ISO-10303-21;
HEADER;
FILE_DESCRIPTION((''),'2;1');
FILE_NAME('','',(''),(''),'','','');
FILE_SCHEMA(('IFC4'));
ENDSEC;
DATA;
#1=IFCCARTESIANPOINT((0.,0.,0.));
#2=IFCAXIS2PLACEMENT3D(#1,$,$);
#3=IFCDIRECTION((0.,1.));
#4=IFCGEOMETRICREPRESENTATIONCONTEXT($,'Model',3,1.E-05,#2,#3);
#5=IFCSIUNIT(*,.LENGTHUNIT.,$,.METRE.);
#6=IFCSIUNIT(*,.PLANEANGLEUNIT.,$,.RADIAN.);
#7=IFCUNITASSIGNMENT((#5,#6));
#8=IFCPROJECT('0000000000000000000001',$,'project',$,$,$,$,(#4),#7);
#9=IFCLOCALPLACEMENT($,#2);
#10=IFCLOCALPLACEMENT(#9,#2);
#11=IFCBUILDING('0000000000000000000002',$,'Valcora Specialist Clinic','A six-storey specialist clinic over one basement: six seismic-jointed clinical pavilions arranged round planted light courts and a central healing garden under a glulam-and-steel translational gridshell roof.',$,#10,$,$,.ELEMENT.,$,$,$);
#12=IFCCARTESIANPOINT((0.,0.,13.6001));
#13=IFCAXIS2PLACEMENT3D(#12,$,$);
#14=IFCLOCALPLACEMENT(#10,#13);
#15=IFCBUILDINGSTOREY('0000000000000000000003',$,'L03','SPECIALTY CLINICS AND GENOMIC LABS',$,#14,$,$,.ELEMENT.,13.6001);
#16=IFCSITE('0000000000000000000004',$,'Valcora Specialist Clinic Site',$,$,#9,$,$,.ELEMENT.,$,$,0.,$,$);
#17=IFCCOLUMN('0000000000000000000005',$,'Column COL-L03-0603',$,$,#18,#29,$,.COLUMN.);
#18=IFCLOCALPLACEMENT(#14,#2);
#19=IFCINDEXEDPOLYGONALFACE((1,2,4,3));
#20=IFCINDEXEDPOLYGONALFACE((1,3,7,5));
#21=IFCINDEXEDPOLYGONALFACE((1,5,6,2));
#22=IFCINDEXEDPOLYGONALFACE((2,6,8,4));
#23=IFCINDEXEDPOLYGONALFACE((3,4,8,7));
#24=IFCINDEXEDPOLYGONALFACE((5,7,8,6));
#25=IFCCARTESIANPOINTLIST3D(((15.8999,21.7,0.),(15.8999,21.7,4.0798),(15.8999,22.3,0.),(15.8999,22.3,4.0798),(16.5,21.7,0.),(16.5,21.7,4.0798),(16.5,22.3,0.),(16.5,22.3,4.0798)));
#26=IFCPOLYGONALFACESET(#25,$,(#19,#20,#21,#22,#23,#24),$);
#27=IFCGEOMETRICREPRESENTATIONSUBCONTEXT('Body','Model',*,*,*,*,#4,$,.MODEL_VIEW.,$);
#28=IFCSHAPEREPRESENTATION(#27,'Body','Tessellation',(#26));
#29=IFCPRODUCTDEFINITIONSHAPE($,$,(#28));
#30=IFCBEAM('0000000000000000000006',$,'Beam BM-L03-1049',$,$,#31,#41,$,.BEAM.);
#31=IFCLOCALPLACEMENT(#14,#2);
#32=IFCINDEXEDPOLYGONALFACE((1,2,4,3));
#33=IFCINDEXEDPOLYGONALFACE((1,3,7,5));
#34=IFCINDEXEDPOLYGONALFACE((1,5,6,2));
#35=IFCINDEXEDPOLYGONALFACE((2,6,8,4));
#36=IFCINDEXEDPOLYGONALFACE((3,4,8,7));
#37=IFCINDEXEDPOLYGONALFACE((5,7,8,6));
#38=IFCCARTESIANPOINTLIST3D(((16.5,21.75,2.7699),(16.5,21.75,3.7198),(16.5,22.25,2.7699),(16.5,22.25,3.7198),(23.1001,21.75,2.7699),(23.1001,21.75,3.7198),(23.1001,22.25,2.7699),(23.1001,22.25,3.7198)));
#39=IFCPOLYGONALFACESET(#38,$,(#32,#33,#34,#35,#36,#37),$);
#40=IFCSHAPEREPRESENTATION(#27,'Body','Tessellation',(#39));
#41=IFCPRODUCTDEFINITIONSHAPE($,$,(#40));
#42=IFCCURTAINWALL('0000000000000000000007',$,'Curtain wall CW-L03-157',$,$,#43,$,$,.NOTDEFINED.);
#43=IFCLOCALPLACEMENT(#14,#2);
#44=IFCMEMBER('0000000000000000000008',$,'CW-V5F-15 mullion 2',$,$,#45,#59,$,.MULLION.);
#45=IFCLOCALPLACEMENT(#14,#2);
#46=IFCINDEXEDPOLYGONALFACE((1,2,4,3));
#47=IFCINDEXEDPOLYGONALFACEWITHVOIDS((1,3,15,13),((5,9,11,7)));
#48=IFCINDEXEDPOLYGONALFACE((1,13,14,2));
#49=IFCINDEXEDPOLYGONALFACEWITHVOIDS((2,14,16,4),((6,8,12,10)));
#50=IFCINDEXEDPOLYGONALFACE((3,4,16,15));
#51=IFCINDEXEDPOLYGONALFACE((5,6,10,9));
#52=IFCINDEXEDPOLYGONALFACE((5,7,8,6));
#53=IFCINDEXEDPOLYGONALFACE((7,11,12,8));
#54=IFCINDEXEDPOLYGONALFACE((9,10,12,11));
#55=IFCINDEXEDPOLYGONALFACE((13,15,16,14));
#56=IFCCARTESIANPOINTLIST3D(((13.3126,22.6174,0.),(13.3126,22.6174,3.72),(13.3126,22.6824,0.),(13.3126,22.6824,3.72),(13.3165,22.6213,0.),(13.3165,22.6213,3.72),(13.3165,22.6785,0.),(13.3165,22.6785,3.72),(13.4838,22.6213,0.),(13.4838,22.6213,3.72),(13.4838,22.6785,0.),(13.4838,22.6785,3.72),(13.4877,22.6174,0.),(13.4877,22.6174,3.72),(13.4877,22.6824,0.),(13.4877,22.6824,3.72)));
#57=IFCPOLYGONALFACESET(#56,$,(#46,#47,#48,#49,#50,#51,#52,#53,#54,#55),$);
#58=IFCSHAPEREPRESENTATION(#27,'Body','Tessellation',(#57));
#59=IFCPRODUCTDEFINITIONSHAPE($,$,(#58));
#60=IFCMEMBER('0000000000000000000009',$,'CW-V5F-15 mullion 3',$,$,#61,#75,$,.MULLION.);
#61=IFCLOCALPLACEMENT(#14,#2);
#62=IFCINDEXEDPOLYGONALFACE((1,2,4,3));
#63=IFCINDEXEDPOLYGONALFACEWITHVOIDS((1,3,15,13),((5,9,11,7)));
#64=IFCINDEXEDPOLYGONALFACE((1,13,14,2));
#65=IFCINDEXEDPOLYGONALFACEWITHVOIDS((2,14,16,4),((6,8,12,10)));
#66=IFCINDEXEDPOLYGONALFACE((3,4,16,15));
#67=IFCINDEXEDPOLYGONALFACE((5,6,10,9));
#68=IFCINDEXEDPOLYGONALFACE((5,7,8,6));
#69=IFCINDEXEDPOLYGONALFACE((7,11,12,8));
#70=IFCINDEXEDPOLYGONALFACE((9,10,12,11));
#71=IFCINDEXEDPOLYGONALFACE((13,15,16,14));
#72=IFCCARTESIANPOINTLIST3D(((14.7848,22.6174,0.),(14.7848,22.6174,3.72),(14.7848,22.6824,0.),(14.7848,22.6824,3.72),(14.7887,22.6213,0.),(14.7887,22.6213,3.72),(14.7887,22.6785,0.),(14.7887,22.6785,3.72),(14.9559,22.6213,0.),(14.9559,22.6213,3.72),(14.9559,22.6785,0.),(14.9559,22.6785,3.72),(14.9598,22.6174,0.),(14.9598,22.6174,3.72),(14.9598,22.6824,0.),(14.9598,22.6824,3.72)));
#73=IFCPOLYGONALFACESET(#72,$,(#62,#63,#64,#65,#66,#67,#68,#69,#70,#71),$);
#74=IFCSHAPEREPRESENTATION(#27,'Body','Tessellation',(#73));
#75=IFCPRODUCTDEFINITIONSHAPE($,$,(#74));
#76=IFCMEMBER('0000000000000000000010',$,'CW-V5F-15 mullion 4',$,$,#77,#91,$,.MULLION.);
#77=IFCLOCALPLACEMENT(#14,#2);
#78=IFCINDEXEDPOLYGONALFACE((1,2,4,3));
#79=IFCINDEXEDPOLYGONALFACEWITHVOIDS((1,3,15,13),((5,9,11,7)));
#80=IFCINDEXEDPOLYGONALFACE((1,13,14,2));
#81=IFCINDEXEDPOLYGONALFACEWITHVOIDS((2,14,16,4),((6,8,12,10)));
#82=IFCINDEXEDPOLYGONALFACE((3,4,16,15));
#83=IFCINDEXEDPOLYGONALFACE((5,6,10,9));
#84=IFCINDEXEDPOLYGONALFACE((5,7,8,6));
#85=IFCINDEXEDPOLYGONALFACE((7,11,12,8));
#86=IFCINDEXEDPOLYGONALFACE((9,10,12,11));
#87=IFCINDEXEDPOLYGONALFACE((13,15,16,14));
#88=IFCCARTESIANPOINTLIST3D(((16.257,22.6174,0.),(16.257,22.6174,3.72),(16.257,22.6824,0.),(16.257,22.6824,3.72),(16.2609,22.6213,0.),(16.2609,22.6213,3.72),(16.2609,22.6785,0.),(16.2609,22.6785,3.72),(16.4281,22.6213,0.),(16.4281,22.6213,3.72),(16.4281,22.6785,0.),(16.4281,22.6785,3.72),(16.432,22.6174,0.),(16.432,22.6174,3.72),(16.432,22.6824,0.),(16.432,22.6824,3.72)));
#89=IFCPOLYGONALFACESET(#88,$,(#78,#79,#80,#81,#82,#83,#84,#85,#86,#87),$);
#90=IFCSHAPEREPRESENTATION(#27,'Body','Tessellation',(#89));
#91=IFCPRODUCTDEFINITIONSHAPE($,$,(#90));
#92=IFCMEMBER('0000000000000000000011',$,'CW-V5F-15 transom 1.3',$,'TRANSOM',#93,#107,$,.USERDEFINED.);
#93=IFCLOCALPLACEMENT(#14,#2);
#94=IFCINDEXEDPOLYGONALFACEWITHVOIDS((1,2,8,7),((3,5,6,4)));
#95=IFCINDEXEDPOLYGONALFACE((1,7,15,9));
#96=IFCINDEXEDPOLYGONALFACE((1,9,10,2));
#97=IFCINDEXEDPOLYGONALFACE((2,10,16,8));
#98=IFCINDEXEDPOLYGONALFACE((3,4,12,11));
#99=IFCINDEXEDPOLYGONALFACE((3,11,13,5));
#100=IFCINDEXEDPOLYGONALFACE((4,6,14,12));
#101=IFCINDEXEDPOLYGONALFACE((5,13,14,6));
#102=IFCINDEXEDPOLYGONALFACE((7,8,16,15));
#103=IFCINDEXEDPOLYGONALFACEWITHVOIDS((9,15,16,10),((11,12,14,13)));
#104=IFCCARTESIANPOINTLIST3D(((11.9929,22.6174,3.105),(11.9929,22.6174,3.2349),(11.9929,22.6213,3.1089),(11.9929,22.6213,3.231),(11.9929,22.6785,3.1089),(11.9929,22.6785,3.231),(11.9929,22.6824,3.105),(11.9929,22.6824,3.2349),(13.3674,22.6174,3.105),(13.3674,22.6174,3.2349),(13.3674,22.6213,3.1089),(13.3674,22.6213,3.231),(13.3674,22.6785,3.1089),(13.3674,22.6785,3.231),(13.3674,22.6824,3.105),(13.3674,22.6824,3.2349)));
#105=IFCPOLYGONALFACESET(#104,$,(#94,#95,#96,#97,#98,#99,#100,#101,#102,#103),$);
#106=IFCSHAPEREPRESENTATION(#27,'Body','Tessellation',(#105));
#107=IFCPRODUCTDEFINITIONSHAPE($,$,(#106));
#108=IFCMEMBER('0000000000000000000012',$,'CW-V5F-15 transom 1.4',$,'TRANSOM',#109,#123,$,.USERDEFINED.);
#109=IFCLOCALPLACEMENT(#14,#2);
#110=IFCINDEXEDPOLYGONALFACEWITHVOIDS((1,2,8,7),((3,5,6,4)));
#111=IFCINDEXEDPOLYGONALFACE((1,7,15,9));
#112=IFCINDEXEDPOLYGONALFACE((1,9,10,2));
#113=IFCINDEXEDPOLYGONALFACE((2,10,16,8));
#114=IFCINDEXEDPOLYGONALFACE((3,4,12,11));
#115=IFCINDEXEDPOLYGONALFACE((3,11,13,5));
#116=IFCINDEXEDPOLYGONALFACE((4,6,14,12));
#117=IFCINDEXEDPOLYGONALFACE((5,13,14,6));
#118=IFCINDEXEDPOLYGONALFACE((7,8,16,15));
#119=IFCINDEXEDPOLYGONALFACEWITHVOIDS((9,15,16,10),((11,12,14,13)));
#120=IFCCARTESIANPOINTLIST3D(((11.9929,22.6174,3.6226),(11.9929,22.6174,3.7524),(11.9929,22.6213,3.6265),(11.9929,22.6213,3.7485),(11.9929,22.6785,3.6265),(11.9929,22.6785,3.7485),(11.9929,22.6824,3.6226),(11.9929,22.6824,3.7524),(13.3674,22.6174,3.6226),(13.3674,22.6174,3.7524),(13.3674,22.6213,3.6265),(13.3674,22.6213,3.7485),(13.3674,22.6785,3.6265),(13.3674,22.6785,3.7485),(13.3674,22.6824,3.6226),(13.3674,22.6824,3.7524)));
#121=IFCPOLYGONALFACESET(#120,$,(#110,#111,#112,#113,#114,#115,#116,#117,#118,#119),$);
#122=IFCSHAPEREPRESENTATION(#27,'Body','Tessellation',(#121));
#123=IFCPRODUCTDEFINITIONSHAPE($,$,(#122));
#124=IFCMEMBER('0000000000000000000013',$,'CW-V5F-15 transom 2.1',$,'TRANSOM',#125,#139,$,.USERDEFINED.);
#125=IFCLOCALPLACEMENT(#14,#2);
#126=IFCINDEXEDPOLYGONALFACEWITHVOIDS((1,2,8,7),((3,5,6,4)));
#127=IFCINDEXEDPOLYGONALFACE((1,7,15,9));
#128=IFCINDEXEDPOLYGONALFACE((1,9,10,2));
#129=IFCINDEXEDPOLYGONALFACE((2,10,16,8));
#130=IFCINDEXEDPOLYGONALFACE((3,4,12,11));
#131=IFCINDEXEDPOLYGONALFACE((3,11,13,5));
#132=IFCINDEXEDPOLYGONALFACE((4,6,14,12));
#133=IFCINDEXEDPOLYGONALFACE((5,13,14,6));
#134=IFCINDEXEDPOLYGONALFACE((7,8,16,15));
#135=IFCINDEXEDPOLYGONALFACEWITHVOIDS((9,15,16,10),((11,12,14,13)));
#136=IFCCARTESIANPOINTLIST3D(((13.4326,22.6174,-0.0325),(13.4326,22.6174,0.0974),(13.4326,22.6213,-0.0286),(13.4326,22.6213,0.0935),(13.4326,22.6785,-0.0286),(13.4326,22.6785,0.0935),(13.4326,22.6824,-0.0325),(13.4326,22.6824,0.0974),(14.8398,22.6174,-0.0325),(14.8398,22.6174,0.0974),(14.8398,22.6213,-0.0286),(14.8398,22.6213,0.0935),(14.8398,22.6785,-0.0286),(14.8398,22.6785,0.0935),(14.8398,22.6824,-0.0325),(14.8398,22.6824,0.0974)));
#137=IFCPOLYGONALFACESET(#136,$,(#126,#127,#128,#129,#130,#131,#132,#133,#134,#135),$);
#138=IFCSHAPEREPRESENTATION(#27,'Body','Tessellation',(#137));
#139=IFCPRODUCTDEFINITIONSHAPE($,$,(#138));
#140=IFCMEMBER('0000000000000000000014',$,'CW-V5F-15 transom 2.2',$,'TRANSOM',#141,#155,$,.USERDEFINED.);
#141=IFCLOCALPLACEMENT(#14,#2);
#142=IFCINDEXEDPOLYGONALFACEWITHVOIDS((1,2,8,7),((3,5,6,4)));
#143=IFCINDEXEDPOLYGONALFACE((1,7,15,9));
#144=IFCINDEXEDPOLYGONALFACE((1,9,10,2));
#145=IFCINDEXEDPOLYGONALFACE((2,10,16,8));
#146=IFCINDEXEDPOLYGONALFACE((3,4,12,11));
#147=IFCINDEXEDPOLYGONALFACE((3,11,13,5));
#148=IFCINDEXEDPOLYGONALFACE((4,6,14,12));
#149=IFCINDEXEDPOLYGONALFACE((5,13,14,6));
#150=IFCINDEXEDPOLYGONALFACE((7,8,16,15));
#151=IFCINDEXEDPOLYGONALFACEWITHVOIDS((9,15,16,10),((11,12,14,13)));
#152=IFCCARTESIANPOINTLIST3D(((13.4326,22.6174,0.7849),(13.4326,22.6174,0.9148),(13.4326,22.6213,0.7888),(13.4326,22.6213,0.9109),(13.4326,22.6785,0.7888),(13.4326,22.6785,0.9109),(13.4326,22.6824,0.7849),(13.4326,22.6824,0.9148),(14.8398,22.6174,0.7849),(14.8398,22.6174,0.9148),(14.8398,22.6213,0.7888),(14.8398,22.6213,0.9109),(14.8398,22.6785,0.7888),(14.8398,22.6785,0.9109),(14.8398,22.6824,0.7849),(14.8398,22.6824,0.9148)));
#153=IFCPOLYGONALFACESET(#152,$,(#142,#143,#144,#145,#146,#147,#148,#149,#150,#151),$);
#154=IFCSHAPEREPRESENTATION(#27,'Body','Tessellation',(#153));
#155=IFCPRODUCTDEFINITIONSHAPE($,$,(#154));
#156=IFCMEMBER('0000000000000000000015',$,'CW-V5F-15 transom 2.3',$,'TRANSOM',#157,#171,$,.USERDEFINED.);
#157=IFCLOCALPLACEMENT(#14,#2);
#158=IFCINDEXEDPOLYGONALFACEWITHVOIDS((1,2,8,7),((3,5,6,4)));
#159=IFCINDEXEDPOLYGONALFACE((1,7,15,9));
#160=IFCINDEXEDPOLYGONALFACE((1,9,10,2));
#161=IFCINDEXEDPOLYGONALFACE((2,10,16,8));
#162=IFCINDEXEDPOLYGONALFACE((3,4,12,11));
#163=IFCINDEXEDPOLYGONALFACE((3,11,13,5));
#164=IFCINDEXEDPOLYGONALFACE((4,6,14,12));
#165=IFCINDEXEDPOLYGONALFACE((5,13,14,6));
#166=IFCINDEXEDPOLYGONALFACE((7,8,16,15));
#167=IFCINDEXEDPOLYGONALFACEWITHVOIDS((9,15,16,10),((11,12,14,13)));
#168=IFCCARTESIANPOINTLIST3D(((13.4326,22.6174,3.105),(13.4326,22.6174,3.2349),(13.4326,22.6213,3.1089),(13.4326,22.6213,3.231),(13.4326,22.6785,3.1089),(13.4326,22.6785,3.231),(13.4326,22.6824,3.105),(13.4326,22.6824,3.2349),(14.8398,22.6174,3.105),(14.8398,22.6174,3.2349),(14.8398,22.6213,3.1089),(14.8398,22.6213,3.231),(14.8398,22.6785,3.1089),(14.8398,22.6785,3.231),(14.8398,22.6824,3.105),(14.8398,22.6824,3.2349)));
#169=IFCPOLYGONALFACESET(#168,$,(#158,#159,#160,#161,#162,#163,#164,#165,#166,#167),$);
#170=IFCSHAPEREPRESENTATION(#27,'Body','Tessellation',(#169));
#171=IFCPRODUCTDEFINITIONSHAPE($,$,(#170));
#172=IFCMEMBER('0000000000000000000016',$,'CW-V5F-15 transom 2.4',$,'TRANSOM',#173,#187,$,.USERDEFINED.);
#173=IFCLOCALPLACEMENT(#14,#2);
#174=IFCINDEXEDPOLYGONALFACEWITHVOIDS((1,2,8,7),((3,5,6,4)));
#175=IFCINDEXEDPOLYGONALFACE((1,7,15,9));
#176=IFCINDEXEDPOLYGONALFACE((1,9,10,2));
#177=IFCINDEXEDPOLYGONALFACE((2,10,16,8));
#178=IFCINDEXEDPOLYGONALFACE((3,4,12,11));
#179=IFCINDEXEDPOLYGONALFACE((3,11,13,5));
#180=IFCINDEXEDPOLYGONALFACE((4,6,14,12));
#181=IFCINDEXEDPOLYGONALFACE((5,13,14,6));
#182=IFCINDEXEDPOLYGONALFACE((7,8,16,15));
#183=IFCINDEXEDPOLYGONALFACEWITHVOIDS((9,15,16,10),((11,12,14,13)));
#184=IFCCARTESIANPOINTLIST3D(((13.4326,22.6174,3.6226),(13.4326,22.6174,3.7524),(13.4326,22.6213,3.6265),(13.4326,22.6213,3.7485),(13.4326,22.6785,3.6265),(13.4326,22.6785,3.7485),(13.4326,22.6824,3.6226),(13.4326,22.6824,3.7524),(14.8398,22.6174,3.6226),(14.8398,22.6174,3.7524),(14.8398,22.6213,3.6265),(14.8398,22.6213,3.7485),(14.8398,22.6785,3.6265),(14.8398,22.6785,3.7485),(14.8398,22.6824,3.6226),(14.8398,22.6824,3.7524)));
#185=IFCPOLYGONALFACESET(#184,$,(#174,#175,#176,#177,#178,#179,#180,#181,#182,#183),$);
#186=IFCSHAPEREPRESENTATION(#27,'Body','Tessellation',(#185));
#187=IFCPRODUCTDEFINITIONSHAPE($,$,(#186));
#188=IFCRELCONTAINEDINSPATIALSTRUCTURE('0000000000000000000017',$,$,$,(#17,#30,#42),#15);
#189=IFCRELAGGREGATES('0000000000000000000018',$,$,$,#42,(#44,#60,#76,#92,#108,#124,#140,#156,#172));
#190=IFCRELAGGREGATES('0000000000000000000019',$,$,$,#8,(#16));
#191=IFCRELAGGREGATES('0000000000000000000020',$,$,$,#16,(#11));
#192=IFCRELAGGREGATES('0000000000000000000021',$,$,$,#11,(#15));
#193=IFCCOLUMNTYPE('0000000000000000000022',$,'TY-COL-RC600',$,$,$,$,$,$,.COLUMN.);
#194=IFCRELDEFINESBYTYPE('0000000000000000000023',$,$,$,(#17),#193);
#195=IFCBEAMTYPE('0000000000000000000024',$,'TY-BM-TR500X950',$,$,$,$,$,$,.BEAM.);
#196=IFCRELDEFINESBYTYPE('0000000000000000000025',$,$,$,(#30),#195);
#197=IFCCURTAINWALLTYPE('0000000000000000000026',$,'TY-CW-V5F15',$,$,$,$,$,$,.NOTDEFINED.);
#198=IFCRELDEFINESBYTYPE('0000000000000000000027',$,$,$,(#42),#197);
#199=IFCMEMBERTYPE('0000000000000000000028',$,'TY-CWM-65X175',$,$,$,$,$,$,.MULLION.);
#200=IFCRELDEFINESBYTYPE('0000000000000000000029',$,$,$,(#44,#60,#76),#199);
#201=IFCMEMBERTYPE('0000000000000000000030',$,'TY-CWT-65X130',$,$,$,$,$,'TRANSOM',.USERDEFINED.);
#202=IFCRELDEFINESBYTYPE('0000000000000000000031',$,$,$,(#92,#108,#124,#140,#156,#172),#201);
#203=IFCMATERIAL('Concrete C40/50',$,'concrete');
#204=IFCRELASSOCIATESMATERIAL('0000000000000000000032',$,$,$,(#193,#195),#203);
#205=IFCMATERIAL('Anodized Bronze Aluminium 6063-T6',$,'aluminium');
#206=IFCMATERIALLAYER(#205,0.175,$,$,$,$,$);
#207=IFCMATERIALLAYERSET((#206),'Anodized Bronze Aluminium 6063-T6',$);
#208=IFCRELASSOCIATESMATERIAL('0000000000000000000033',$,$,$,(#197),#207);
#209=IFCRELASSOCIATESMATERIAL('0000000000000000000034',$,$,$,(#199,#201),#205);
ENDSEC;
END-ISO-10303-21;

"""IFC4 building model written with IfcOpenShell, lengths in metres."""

from ifc_helpers import new_model, si_unit, direction, frame, origin, origin_2d, place, context, subcontext, project, spatial, rectangle, hollow_rectangle, extrude, material, layer, layer_set, material_profile, profile_set, type_object, element, aggregate, save


model = new_model("IFC4")

# Units and contexts
model_context = context("Model", 3, precision=1e-05, world=origin(), true_north=direction((0.0, 1.0)))
body_context = subcontext(model_context, "Body", "Model", "MODEL_VIEW")
ifc_project = project(units=[si_unit("LENGTHUNIT", "METRE"), si_unit("PLANEANGLEUNIT", "RADIAN")], contexts=[model_context])

# Site, building, storey
site_placement = place(None, origin())
site = spatial("IfcSite", under=ifc_project, at=site_placement, Name="Valcora Specialist Clinic Site", CompositionType="ELEMENT", RefElevation=0.0)
building_placement = place(site_placement, origin())
building = spatial("IfcBuilding", under=site, at=building_placement, Name="Valcora Specialist Clinic", Description="A six-storey specialist clinic over one basement: six seismic-jointed clinical pavilions arranged round planted light courts and a central healing garden under a glulam-and-steel translational gridshell roof.", CompositionType="ELEMENT")
storey_placement = place(building_placement, frame((0.0, 0.0, 13.6001)))
storey = spatial("IfcBuildingStorey", under=building, at=storey_placement, Name="L03", Description="SPECIALTY CLINICS AND GENOMIC LABS", CompositionType="ELEMENT", Elevation=13.6001)

# Column
ifc_material_1 = material(Name="Concrete C40/50", Category="concrete")
ifc_material_profile_1 = material_profile(ifc_material_1, rectangle(XDim=0.6001, YDim=0.6001, at=origin_2d()), Name="RC-COL-600X600")
ifc_profile_set_1 = profile_set([ifc_material_profile_1], Name="Concrete C40/50")
column_type = type_object("IfcColumnType", Name="TY-COL-RC600", PredefinedType="COLUMN", material=ifc_profile_set_1)
column_placement = place(storey_placement, frame((16.2, 22.0, 0.0), z_axis=(0.0, 0.0, 1.0), x_axis=(1.0, 0.0, 0.0)))
element("IfcColumn", 1, at=column_placement, inside=storey, type_object=column_type, Name="Column COL-L03-0603", PredefinedType="COLUMN", context=body_context, shape_type="SweptSolid", body=[
    extrude(rectangle(XDim=0.6001, YDim=0.6001, at=origin_2d()), origin(), (0.0, 0.0, 1.0), 4.0798),
])

# Beam
ifc_material_profile_2 = material_profile(ifc_material_1, rectangle(XDim=0.5, YDim=0.95, at=origin_2d()), Name="RC-BM-500X950")
ifc_profile_set_2 = profile_set([ifc_material_profile_2], Name="Concrete C40/50")
beam_type = type_object("IfcBeamType", Name="TY-BM-TR500X950", PredefinedType="BEAM", material=ifc_profile_set_2)
beam_placement = place(storey_placement, frame((16.5, 22.0, 3.2449), z_axis=(1.0, 0.0, 0.0), x_axis=(0.0, 1.0, 0.0)))
element("IfcBeam", 2, at=beam_placement, inside=storey, type_object=beam_type, Name="Beam BM-L03-1049", PredefinedType="BEAM", context=body_context, shape_type="SweptSolid", body=[
    extrude(rectangle(XDim=0.5, YDim=0.95, at=origin_2d()), origin(), (0.0, 0.0, 1.0), 6.6001),
])

# Curtain wall, members
ifc_material_2 = material(Name="Anodized Bronze Aluminium 6063-T6", Category="aluminium")
ifc_layer_1 = layer(ifc_material_2, 0.175)
ifc_layer_set_1 = layer_set([ifc_layer_1], Name="Anodized Bronze Aluminium 6063-T6")
curtain_wall_type = type_object("IfcCurtainWallType", Name="TY-CW-V5F15", PredefinedType="NOTDEFINED", material=ifc_layer_set_1)
curtain_wall_placement = place(storey_placement, origin())
curtain_wall = element("IfcCurtainWall", 3, at=curtain_wall_placement, inside=storey, type_object=curtain_wall_type, Name="Curtain wall CW-L03-157", PredefinedType="NOTDEFINED")
ifc_material_profile_3 = material_profile(ifc_material_2, hollow_rectangle(XDim=0.0649, YDim=0.175, WallThickness=0.0039, at=origin_2d()), Name="AL-MUL-65X175")
ifc_profile_set_3 = profile_set([ifc_material_profile_3], Name="Anodized Bronze Aluminium 6063-T6")
member_type_1 = type_object("IfcMemberType", Name="TY-CWM-65X175", PredefinedType="MULLION", material=ifc_profile_set_3)
member_1_placement = place(storey_placement, frame((13.4001, 22.6499, 0.0), z_axis=(0.0, 0.0, 1.0), x_axis=(0.0, 1.0, 0.0)))
member_1 = element("IfcMember", 4, at=member_1_placement, type_object=member_type_1, Name="CW-V5F-15 mullion 2", PredefinedType="MULLION", context=body_context, shape_type="SweptSolid", body=[
    extrude(hollow_rectangle(XDim=0.0649, YDim=0.175, WallThickness=0.0039, at=origin_2d()), origin(), (0.0, 0.0, 1.0), 3.72),
])
member_2_placement = place(storey_placement, frame((14.8723, 22.6499, 0.0), z_axis=(0.0, 0.0, 1.0), x_axis=(0.0, 1.0, 0.0)))
member_2 = element("IfcMember", 5, at=member_2_placement, type_object=member_type_1, Name="CW-V5F-15 mullion 3", PredefinedType="MULLION", context=body_context, shape_type="SweptSolid", body=[
    extrude(hollow_rectangle(XDim=0.0649, YDim=0.175, WallThickness=0.0039, at=origin_2d()), origin(), (0.0, 0.0, 1.0), 3.72),
])
member_3_placement = place(storey_placement, frame((16.3445, 22.6499, 0.0), z_axis=(0.0, 0.0, 1.0), x_axis=(0.0, 1.0, 0.0)))
member_3 = element("IfcMember", 6, at=member_3_placement, type_object=member_type_1, Name="CW-V5F-15 mullion 4", PredefinedType="MULLION", context=body_context, shape_type="SweptSolid", body=[
    extrude(hollow_rectangle(XDim=0.0649, YDim=0.175, WallThickness=0.0039, at=origin_2d()), origin(), (0.0, 0.0, 1.0), 3.72),
])
ifc_material_profile_4 = material_profile(ifc_material_2, hollow_rectangle(XDim=0.0649, YDim=0.1299, WallThickness=0.0039, at=origin_2d()), Name="AL-TRN-65X130")
ifc_profile_set_4 = profile_set([ifc_material_profile_4], Name="Anodized Bronze Aluminium 6063-T6")
member_type_2 = type_object("IfcMemberType", Name="TY-CWT-65X130", ElementType="TRANSOM", PredefinedType="USERDEFINED", material=ifc_profile_set_4)
member_4_placement = place(storey_placement, frame((11.9929, 22.6499, 3.1699), z_axis=(1.0, 0.0, 0.0), x_axis=(0.0, 1.0, 0.0)))
member_4 = element("IfcMember", 7, at=member_4_placement, type_object=member_type_2, Name="CW-V5F-15 transom 1.3", ObjectType="TRANSOM", PredefinedType="USERDEFINED", context=body_context, shape_type="SweptSolid", body=[
    extrude(hollow_rectangle(XDim=0.0649, YDim=0.1299, WallThickness=0.0039, at=origin_2d()), origin(), (0.0, 0.0, 1.0), 1.3745),
])
member_5_placement = place(storey_placement, frame((11.9929, 22.6499, 3.6875), z_axis=(1.0, 0.0, 0.0), x_axis=(0.0, 1.0, 0.0)))
member_5 = element("IfcMember", 8, at=member_5_placement, type_object=member_type_2, Name="CW-V5F-15 transom 1.4", ObjectType="TRANSOM", PredefinedType="USERDEFINED", context=body_context, shape_type="SweptSolid", body=[
    extrude(hollow_rectangle(XDim=0.0649, YDim=0.1299, WallThickness=0.0039, at=origin_2d()), origin(), (0.0, 0.0, 1.0), 1.3745),
])
member_6_placement = place(storey_placement, frame((13.4326, 22.6499, 0.0325), z_axis=(1.0, 0.0, 0.0), x_axis=(0.0, 1.0, 0.0)))
member_6 = element("IfcMember", 9, at=member_6_placement, type_object=member_type_2, Name="CW-V5F-15 transom 2.1", ObjectType="TRANSOM", PredefinedType="USERDEFINED", context=body_context, shape_type="SweptSolid", body=[
    extrude(hollow_rectangle(XDim=0.0649, YDim=0.1299, WallThickness=0.0039, at=origin_2d()), origin(), (0.0, 0.0, 1.0), 1.4072),
])
member_7_placement = place(storey_placement, frame((13.4326, 22.6499, 0.8499), z_axis=(1.0, 0.0, 0.0), x_axis=(0.0, 1.0, 0.0)))
member_7 = element("IfcMember", 10, at=member_7_placement, type_object=member_type_2, Name="CW-V5F-15 transom 2.2", ObjectType="TRANSOM", PredefinedType="USERDEFINED", context=body_context, shape_type="SweptSolid", body=[
    extrude(hollow_rectangle(XDim=0.0649, YDim=0.1299, WallThickness=0.0039, at=origin_2d()), origin(), (0.0, 0.0, 1.0), 1.4072),
])
member_8_placement = place(storey_placement, frame((13.4326, 22.6499, 3.1699), z_axis=(1.0, 0.0, 0.0), x_axis=(0.0, 1.0, 0.0)))
member_8 = element("IfcMember", 11, at=member_8_placement, type_object=member_type_2, Name="CW-V5F-15 transom 2.3", ObjectType="TRANSOM", PredefinedType="USERDEFINED", context=body_context, shape_type="SweptSolid", body=[
    extrude(hollow_rectangle(XDim=0.0649, YDim=0.1299, WallThickness=0.0039, at=origin_2d()), origin(), (0.0, 0.0, 1.0), 1.4072),
])
member_9_placement = place(storey_placement, frame((13.4326, 22.6499, 3.6875), z_axis=(1.0, 0.0, 0.0), x_axis=(0.0, 1.0, 0.0)))
member_9 = element("IfcMember", 12, at=member_9_placement, type_object=member_type_2, Name="CW-V5F-15 transom 2.4", ObjectType="TRANSOM", PredefinedType="USERDEFINED", context=body_context, shape_type="SweptSolid", body=[
    extrude(hollow_rectangle(XDim=0.0649, YDim=0.1299, WallThickness=0.0039, at=origin_2d()), origin(), (0.0, 0.0, 1.0), 1.4072),
])
aggregate(curtain_wall, [member_1, member_2, member_3, member_4, member_5, member_6, member_7, member_8, member_9])

save(model, "model.ifc")
